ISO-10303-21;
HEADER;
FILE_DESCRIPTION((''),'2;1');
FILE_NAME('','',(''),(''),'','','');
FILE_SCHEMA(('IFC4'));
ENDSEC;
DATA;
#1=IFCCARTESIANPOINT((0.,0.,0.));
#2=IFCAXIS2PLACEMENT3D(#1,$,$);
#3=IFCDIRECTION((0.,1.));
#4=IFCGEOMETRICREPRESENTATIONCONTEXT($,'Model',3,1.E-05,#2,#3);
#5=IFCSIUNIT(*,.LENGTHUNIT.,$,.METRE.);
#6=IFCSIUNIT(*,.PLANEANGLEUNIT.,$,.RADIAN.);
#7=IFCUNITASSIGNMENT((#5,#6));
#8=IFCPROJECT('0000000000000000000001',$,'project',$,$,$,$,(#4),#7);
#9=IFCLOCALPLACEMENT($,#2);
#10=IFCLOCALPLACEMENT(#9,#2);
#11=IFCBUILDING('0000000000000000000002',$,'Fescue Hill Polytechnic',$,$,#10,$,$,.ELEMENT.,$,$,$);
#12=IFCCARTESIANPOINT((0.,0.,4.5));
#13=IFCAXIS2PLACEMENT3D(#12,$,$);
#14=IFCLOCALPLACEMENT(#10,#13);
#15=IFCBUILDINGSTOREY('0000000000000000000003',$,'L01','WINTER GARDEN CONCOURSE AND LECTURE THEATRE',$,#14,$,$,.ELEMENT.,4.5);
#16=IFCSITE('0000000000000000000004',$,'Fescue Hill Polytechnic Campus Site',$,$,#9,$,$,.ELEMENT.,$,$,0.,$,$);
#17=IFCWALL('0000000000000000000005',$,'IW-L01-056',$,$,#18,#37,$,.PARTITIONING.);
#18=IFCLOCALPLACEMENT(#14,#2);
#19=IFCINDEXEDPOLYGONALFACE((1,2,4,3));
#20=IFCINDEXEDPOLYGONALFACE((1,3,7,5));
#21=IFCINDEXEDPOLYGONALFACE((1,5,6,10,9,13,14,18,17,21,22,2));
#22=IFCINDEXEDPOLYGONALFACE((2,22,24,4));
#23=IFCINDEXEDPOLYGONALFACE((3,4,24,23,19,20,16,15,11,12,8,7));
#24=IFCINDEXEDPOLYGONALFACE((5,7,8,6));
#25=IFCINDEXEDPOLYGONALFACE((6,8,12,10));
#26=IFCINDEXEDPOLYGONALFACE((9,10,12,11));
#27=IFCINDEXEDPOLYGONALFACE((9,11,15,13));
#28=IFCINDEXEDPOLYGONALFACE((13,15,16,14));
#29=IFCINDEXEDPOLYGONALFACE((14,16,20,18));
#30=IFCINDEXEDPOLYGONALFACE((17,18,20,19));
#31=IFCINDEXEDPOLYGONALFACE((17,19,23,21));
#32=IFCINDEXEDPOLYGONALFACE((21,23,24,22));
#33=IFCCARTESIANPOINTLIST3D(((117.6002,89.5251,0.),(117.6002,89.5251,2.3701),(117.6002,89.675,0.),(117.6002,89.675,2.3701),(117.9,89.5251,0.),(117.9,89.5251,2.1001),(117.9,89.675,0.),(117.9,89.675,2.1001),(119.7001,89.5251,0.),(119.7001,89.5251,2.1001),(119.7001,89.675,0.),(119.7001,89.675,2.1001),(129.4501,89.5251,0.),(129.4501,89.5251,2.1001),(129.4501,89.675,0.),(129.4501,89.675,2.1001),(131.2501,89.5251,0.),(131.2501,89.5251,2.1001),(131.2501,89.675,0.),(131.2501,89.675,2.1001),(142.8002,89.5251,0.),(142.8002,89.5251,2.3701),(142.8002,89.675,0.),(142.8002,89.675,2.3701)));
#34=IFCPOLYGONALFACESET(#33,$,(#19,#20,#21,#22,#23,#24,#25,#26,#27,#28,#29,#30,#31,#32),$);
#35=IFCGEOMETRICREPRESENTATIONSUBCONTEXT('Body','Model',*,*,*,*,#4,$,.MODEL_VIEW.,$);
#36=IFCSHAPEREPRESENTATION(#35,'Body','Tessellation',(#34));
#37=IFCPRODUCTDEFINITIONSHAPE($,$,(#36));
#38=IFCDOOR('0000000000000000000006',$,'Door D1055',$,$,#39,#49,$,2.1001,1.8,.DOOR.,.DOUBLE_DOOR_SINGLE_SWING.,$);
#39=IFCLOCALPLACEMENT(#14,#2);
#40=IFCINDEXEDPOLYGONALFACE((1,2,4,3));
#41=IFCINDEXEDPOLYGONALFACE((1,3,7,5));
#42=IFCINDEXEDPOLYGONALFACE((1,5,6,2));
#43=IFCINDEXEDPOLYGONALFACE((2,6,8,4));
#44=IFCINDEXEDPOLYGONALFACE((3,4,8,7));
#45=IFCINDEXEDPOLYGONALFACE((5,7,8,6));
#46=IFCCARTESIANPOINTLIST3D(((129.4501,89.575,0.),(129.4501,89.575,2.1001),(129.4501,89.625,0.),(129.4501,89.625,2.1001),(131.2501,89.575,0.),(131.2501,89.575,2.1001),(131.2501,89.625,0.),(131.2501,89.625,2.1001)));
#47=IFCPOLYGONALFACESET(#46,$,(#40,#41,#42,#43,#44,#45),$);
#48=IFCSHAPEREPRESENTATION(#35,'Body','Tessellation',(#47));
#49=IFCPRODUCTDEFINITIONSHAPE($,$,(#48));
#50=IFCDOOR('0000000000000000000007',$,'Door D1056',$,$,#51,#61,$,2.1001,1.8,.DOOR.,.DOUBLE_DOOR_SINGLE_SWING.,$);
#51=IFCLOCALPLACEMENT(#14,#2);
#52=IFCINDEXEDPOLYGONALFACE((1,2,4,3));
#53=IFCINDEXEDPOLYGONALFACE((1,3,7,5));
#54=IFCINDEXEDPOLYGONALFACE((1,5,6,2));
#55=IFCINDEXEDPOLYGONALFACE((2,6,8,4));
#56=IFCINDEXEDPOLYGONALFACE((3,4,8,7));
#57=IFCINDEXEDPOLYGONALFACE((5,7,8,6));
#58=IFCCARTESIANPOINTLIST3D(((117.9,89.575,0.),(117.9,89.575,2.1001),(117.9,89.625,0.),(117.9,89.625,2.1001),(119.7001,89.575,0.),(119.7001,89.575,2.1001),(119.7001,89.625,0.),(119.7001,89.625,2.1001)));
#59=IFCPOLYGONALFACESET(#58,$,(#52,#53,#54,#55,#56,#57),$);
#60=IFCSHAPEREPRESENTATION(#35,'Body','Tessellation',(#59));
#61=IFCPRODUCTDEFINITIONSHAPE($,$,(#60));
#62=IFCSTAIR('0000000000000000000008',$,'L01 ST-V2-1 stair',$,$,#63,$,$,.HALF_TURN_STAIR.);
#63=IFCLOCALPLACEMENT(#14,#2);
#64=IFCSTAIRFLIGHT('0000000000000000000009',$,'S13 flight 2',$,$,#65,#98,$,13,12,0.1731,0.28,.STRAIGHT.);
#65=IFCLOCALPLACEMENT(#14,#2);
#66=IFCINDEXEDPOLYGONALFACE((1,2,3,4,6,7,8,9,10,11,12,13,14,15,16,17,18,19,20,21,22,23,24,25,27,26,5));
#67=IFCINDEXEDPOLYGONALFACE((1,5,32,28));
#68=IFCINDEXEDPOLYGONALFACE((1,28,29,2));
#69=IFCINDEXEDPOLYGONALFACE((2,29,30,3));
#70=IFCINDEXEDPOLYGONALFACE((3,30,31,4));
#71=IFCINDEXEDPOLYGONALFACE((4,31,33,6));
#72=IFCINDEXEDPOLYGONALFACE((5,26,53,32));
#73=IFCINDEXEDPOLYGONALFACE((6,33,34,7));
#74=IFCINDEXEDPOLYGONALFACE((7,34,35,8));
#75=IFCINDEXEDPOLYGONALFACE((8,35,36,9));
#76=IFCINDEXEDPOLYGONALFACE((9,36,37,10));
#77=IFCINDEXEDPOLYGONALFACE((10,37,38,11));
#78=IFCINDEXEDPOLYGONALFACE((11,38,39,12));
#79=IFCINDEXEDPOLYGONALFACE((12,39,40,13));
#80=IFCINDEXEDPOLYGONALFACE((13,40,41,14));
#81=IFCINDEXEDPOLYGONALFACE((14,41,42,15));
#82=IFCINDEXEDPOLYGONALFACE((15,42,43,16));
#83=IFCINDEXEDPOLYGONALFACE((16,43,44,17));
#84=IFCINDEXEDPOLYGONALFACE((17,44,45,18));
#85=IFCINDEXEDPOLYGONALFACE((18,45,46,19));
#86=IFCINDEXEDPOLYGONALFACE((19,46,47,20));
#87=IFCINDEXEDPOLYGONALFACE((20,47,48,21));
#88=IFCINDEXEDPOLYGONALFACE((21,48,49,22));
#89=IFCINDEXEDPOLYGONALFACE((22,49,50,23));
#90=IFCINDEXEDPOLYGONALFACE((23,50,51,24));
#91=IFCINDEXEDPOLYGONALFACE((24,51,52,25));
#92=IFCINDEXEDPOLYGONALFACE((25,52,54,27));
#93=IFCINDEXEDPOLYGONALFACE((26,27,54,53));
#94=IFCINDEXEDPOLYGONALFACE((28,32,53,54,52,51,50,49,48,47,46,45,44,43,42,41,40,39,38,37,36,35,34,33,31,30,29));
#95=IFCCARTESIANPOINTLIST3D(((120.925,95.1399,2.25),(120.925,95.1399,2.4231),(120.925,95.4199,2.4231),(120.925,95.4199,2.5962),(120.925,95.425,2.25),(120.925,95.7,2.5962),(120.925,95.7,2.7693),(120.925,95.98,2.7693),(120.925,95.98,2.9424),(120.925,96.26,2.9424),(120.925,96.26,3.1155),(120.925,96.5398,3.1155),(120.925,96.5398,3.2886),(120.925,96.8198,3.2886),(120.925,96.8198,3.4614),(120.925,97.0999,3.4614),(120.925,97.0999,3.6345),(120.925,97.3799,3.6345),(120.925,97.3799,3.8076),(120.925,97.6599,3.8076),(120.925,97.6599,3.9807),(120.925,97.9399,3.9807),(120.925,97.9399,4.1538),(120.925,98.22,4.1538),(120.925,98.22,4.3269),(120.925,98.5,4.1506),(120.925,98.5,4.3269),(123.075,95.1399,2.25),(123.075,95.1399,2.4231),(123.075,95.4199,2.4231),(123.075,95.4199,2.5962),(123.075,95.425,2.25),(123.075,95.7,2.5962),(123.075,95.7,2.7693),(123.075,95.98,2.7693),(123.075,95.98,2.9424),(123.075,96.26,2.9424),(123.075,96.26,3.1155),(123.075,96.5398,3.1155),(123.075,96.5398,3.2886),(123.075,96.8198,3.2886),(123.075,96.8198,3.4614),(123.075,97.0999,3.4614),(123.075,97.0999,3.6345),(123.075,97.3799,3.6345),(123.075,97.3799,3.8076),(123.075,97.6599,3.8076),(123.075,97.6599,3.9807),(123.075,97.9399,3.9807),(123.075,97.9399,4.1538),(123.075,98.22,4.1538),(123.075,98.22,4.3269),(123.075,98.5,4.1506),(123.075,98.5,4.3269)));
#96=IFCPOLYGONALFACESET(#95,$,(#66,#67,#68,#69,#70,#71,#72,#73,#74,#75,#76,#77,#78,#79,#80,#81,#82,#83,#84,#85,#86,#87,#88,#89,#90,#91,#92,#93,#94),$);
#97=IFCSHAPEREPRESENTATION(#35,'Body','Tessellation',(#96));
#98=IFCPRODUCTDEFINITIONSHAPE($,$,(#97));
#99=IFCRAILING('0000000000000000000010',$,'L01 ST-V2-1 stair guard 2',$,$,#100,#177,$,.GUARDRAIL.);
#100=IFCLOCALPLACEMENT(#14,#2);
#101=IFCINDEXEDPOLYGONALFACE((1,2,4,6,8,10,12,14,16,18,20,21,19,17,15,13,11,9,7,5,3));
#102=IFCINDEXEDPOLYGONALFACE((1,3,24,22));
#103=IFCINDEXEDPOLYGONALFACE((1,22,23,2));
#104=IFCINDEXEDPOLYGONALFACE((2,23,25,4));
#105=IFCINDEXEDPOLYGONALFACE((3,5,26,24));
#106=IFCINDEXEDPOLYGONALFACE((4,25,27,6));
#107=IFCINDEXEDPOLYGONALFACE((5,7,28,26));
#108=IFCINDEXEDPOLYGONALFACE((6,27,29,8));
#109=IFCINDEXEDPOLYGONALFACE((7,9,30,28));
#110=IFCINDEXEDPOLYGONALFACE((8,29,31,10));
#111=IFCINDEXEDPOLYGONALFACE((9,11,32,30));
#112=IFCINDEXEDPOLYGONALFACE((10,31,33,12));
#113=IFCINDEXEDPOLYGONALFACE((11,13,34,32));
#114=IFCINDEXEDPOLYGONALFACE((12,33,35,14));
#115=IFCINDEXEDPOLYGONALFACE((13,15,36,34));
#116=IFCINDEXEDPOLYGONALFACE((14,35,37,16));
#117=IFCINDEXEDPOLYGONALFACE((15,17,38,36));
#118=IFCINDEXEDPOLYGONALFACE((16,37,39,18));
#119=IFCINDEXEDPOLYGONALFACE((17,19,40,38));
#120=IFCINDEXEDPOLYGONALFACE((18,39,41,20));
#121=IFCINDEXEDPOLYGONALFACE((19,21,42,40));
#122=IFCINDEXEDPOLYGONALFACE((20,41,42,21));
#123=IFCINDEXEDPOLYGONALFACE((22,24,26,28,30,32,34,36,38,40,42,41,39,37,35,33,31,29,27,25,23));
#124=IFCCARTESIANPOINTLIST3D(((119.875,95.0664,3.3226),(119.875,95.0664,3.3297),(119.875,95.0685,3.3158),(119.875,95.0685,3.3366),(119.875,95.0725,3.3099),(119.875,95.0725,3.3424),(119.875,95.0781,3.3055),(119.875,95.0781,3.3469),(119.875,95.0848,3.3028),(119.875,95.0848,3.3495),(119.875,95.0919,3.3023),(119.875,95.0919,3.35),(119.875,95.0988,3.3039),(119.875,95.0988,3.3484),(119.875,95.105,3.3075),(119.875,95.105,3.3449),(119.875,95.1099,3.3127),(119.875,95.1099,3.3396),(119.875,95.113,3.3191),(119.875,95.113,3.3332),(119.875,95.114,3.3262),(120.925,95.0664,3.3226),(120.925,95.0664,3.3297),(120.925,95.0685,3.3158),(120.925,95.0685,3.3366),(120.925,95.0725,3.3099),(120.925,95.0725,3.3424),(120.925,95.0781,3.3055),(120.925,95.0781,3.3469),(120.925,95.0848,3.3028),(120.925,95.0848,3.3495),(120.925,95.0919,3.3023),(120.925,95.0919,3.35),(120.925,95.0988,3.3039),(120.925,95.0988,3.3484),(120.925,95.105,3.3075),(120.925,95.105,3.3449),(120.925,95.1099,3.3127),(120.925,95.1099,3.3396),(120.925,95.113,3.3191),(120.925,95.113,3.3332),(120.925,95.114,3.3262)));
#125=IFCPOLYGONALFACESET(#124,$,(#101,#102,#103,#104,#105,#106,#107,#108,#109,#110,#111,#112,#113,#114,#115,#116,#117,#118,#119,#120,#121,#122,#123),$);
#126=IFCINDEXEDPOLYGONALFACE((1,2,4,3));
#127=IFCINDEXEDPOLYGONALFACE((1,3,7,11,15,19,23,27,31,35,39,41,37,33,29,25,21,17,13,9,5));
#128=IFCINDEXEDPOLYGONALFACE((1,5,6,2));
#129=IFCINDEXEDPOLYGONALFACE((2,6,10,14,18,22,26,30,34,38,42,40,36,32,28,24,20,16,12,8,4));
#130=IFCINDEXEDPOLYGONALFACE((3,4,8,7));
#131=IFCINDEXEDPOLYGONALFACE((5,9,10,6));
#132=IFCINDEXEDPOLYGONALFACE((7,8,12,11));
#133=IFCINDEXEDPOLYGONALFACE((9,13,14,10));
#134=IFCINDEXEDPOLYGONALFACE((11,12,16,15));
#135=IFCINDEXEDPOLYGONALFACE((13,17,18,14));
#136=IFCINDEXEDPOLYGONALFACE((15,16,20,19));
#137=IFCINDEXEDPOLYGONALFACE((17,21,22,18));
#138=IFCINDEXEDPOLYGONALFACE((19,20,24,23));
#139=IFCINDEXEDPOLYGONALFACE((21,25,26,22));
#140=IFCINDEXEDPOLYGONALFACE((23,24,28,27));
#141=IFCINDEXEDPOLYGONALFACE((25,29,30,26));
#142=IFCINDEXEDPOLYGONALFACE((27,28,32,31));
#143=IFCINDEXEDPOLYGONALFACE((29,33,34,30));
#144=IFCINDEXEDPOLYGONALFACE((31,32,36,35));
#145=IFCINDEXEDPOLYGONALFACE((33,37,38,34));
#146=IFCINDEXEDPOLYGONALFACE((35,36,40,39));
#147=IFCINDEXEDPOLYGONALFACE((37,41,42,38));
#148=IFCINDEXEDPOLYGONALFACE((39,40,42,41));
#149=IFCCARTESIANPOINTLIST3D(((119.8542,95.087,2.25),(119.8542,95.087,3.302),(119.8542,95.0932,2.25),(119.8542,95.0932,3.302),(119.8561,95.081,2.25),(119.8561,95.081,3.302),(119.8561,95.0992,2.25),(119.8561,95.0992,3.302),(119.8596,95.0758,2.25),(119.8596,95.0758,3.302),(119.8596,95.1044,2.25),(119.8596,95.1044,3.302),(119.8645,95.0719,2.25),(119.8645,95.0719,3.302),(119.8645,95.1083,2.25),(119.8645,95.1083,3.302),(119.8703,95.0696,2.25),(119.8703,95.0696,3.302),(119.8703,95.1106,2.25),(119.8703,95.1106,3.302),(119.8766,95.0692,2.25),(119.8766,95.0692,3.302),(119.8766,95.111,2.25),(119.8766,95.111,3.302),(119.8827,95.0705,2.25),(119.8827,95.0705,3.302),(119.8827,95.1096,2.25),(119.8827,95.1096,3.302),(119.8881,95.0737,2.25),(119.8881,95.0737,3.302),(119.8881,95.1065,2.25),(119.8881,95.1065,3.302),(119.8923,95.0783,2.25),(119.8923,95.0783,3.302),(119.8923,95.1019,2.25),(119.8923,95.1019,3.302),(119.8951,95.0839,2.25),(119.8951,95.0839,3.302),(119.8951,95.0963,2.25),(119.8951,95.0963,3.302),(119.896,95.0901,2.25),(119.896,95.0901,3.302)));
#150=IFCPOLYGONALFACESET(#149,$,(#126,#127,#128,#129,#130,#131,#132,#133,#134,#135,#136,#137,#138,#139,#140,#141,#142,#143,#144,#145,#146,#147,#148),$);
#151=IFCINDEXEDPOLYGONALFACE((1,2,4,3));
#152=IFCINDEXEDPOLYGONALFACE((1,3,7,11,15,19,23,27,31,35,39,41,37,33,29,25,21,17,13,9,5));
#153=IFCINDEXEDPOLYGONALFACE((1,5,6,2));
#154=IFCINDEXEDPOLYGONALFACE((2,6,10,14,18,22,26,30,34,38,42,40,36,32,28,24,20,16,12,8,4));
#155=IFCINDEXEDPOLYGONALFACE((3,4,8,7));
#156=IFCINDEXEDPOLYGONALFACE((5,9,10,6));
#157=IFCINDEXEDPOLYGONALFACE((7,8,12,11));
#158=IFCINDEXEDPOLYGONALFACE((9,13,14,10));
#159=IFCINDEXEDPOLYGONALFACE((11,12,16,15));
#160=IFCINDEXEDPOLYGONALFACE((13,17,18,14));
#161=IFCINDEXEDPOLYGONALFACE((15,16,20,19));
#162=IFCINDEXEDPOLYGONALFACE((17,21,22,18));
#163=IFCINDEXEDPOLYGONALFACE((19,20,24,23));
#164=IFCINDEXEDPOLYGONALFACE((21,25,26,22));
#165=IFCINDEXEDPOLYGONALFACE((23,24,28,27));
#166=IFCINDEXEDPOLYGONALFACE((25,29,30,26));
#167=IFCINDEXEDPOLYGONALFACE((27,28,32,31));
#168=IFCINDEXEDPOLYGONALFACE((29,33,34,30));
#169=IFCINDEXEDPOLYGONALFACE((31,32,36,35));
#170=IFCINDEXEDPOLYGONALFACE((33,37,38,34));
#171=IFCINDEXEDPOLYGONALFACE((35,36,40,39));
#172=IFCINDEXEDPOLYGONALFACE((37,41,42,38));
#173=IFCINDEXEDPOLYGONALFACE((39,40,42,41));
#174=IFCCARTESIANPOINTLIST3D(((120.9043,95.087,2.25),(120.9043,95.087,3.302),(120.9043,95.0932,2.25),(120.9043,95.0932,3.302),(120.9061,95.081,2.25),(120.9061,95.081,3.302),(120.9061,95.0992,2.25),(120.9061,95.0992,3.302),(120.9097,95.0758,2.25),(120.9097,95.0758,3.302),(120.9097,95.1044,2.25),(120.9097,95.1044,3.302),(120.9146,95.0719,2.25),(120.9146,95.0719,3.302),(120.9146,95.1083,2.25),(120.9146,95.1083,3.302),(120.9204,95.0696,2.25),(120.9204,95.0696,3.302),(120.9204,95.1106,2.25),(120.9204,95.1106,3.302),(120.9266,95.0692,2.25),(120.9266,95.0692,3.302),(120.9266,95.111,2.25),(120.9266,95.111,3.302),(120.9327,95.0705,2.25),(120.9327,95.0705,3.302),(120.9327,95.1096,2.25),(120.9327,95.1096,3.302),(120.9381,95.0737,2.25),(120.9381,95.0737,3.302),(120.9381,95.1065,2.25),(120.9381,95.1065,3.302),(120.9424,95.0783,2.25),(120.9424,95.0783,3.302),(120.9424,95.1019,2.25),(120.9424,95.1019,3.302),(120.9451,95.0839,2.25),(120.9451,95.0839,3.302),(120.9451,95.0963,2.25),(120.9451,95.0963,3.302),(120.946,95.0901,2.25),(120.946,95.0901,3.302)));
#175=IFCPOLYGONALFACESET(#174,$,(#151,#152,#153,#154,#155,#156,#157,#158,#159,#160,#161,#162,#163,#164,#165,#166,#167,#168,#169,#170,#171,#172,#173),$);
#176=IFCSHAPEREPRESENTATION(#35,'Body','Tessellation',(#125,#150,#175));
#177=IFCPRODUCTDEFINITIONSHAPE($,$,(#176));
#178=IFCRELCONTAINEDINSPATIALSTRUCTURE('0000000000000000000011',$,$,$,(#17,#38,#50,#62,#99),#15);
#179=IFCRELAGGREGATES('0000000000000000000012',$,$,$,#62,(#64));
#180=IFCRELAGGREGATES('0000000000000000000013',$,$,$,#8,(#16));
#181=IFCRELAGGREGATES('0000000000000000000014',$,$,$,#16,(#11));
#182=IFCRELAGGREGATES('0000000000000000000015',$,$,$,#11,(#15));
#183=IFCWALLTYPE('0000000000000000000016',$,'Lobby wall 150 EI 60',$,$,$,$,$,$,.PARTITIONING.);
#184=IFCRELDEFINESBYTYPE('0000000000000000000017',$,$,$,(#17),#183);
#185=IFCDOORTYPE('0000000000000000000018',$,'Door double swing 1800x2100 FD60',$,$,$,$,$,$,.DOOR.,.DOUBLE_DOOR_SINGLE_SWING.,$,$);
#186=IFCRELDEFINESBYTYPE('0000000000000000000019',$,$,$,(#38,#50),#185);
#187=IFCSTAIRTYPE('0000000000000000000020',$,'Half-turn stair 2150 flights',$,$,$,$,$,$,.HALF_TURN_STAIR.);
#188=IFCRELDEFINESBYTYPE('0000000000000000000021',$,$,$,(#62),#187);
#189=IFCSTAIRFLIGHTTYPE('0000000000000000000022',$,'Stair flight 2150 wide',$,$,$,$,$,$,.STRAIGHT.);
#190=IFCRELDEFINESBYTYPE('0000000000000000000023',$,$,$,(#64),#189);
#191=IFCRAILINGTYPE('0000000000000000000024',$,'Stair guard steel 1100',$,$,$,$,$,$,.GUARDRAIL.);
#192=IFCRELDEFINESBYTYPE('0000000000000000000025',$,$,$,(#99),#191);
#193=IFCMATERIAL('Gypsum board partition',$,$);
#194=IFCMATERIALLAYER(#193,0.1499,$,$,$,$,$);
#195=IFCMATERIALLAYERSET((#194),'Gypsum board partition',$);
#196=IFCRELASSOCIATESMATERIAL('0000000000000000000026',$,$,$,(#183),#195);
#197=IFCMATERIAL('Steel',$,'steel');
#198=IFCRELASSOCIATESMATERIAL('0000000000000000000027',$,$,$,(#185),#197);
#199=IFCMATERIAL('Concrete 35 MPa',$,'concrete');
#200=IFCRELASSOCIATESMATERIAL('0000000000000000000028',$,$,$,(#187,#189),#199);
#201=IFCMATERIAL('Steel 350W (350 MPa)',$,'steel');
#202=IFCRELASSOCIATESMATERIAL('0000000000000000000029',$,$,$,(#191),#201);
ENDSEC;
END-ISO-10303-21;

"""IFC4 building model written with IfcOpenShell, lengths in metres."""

from ifc_helpers import new_model, si_unit, direction, frame, frame_2d, origin, origin_2d, place, context, subcontext, project, spatial, polyline, rectangle, circle, outline, extrude, material, layer, layer_set, type_object, element, fill, aggregate, save


model = new_model("IFC4")

# Units and contexts
model_context = context("Model", 3, precision=1e-05, world=origin(), true_north=direction((0.0, 1.0)))
body_context = subcontext(model_context, "Body", "Model", "MODEL_VIEW")
ifc_project = project(units=[si_unit("LENGTHUNIT", "METRE"), si_unit("PLANEANGLEUNIT", "RADIAN")], contexts=[model_context])

# Site, building, storey
site_placement = place(None, origin())
site = spatial("IfcSite", under=ifc_project, at=site_placement, Name="Fescue Hill Polytechnic Campus Site", CompositionType="ELEMENT", RefElevation=0.0)
building_placement = place(site_placement, origin())
building = spatial("IfcBuilding", under=site, at=building_placement, Name="Fescue Hill Polytechnic", CompositionType="ELEMENT")
storey_placement = place(building_placement, frame((0.0, 0.0, 4.5)))
storey = spatial("IfcBuildingStorey", under=building, at=storey_placement, Name="L01", Description="WINTER GARDEN CONCOURSE AND LECTURE THEATRE", CompositionType="ELEMENT", Elevation=4.5)

# Wall, openings, doors
ifc_material_1 = material(Name="Gypsum board partition")
ifc_layer_1 = layer(ifc_material_1, 0.1499)
ifc_layer_set_1 = layer_set([ifc_layer_1], Name="Gypsum board partition")
wall_type_1 = type_object("IfcWallType", Name="Lobby wall 150 EI 60", PredefinedType="PARTITIONING", material=ifc_layer_set_1)
wall_1_placement = place(storey_placement, frame((117.6001, 89.6001, 0.0), z_axis=(0.0, 0.0, 1.0), x_axis=(1.0, 0.0, 0.0)))
wall_1 = element("IfcWall", 1, at=wall_1_placement, inside=storey, type_object=wall_type_1, Name="IW-L01-056", PredefinedType="PARTITIONING", context=body_context, shape_type="SweptSolid", body=[
    extrude(rectangle(XDim=25.2, YDim=0.1499, at=frame_2d((12.6001, 0.0))), origin(), (0.0, 0.0, 1.0), 2.3701),
])
opening_1_placement = place(wall_1_placement, frame((11.8501, 0.0, 0.0)))
opening_1 = element("IfcOpeningElement", 2, at=opening_1_placement, cuts=wall_1, PredefinedType="OPENING", context=body_context, shape_type="SweptSolid", body=[
    extrude(rectangle(XDim=1.8, YDim=2.1001, at=frame_2d((0.8999, 1.05))), frame((0.0, 0.085, 0.0), z_axis=(0.0, -1.0, 0.0), x_axis=(1.0, 0.0, 0.0)), (0.0, 0.0, 1.0), 0.1699),
])
opening_2_placement = place(wall_1_placement, frame((0.3, 0.0, 0.0)))
opening_2 = element("IfcOpeningElement", 3, at=opening_2_placement, cuts=wall_1, PredefinedType="OPENING", context=body_context, shape_type="SweptSolid", body=[
    extrude(rectangle(XDim=1.8, YDim=2.1001, at=frame_2d((0.8999, 1.05))), frame((0.0, 0.085, 0.0), z_axis=(0.0, -1.0, 0.0), x_axis=(1.0, 0.0, 0.0)), (0.0, 0.0, 1.0), 0.1699),
])
ifc_material_2 = material(Name="Steel", Category="steel")
door_type_1 = type_object("IfcDoorType", Name="Door double swing 1800x2100 FD60", OperationType="DOUBLE_DOOR_SINGLE_SWING", PredefinedType="DOOR", material=ifc_material_2)
door_1_placement = place(opening_1_placement, origin())
door_1 = element("IfcDoor", 4, at=door_1_placement, inside=storey, type_object=door_type_1, Name="Door D1055", OperationType="DOUBLE_DOOR_SINGLE_SWING", OverallHeight=2.1001, OverallWidth=1.8, PredefinedType="DOOR", context=body_context, shape_type="SweptSolid", body=[
    extrude(rectangle(XDim=1.8, YDim=2.1001, at=frame_2d((0.8999, 1.05))), frame((0.0, 0.0249, 0.0), z_axis=(0.0, -1.0, 0.0), x_axis=(1.0, 0.0, 0.0)), (0.0, 0.0, 1.0), 0.05),
])
fill(opening_1, door_1)
door_2_placement = place(opening_2_placement, origin())
door_2 = element("IfcDoor", 5, at=door_2_placement, inside=storey, type_object=door_type_1, Name="Door D1056", OperationType="DOUBLE_DOOR_SINGLE_SWING", OverallHeight=2.1001, OverallWidth=1.8, PredefinedType="DOOR", context=body_context, shape_type="SweptSolid", body=[
    extrude(rectangle(XDim=1.8, YDim=2.1001, at=frame_2d((0.8999, 1.05))), frame((0.0, 0.0249, 0.0), z_axis=(0.0, -1.0, 0.0), x_axis=(1.0, 0.0, 0.0)), (0.0, 0.0, 1.0), 0.05),
])
fill(opening_2, door_2)

# Stair, stair flight
ifc_material_3 = material(Name="Concrete 35 MPa", Category="concrete")
stair_type = type_object("IfcStairType", Name="Half-turn stair 2150 flights", PredefinedType="HALF_TURN_STAIR", material=ifc_material_3)
stair_placement = place(storey_placement, origin())
stair = element("IfcStair", 6, at=stair_placement, inside=storey, type_object=stair_type, Name="L01 ST-V2-1 stair", PredefinedType="HALF_TURN_STAIR")
stair_flight_type = type_object("IfcStairFlightType", Name="Stair flight 2150 wide", PredefinedType="STRAIGHT", material=ifc_material_3)
stair_flight_placement = place(storey_placement, frame((122.0, 95.1399, 2.25), z_axis=(0.0, 0.0, 1.0), x_axis=(0.0, 1.0, 0.0)))
stair_flight = element("IfcStairFlight", 7, at=stair_flight_placement, type_object=stair_flight_type, Name="S13 flight 2", NumberOfRisers=13, NumberOfTreads=12, PredefinedType="STRAIGHT", RiserHeight=0.1731, TreadLength=0.28, context=body_context, shape_type="SweptSolid", body=[
    extrude(outline(polyline([(0.0, 0.0), (0.0, 0.1731), (0.28, 0.1731), (0.28, 0.3462), (0.5601, 0.3462), (0.5601, 0.5193), (0.8401, 0.5193), (0.8401, 0.6924), (1.1201, 0.6924), (1.1201, 0.8655), (1.3999, 0.8655), (1.3999, 1.0386), (1.6799, 1.0386), (1.6799, 1.2114), (1.96, 1.2114), (1.96, 1.3845), (2.24, 1.3845), (2.24, 1.5576), (2.52, 1.5576), (2.52, 1.7307), (2.8, 1.7307), (2.8, 1.9038), (3.0801, 1.9038), (3.0801, 2.0769), (3.3601, 2.0769), (3.3601, 2.25), (3.3601, 1.9006), (0.2852, 0.0), (0.0, 0.0)])), frame((0.0, 1.075, 0.0), z_axis=(0.0, -1.0, 0.0), x_axis=(1.0, 0.0, 0.0)), (0.0, 0.0, 1.0), 2.1499),
])
aggregate(stair, [stair_flight])

# Railing
ifc_material_4 = material(Name="Steel 350W (350 MPa)", Category="steel")
railing_type_1 = type_object("IfcRailingType", Name="Stair guard steel 1100", PredefinedType="GUARDRAIL", material=ifc_material_4)
railing_1_placement = place(storey_placement, frame((119.875, 95.0901, 2.25)))
element("IfcRailing", 8, at=railing_1_placement, inside=storey, type_object=railing_type_1, Name="L01 ST-V2-1 stair guard 2", PredefinedType="GUARDRAIL", context=body_context, shape_type="SweptSolid", body=[
    extrude(circle(Radius=0.0239, at=origin_2d()), frame((0.0, 0.0, 1.0762), z_axis=(1.0, 0.0, 0.0), x_axis=(0.0, 1.0, 0.0)), (0.0, 0.0, 1.0), 1.05),
    extrude(circle(Radius=0.021, at=origin_2d()), origin(), (0.0, 0.0, 1.0), 1.052),
    extrude(circle(Radius=0.021, at=origin_2d()), frame((1.05, 0.0, 0.0)), (0.0, 0.0, 1.0), 1.052),
])

save(model, "model.ifc")
